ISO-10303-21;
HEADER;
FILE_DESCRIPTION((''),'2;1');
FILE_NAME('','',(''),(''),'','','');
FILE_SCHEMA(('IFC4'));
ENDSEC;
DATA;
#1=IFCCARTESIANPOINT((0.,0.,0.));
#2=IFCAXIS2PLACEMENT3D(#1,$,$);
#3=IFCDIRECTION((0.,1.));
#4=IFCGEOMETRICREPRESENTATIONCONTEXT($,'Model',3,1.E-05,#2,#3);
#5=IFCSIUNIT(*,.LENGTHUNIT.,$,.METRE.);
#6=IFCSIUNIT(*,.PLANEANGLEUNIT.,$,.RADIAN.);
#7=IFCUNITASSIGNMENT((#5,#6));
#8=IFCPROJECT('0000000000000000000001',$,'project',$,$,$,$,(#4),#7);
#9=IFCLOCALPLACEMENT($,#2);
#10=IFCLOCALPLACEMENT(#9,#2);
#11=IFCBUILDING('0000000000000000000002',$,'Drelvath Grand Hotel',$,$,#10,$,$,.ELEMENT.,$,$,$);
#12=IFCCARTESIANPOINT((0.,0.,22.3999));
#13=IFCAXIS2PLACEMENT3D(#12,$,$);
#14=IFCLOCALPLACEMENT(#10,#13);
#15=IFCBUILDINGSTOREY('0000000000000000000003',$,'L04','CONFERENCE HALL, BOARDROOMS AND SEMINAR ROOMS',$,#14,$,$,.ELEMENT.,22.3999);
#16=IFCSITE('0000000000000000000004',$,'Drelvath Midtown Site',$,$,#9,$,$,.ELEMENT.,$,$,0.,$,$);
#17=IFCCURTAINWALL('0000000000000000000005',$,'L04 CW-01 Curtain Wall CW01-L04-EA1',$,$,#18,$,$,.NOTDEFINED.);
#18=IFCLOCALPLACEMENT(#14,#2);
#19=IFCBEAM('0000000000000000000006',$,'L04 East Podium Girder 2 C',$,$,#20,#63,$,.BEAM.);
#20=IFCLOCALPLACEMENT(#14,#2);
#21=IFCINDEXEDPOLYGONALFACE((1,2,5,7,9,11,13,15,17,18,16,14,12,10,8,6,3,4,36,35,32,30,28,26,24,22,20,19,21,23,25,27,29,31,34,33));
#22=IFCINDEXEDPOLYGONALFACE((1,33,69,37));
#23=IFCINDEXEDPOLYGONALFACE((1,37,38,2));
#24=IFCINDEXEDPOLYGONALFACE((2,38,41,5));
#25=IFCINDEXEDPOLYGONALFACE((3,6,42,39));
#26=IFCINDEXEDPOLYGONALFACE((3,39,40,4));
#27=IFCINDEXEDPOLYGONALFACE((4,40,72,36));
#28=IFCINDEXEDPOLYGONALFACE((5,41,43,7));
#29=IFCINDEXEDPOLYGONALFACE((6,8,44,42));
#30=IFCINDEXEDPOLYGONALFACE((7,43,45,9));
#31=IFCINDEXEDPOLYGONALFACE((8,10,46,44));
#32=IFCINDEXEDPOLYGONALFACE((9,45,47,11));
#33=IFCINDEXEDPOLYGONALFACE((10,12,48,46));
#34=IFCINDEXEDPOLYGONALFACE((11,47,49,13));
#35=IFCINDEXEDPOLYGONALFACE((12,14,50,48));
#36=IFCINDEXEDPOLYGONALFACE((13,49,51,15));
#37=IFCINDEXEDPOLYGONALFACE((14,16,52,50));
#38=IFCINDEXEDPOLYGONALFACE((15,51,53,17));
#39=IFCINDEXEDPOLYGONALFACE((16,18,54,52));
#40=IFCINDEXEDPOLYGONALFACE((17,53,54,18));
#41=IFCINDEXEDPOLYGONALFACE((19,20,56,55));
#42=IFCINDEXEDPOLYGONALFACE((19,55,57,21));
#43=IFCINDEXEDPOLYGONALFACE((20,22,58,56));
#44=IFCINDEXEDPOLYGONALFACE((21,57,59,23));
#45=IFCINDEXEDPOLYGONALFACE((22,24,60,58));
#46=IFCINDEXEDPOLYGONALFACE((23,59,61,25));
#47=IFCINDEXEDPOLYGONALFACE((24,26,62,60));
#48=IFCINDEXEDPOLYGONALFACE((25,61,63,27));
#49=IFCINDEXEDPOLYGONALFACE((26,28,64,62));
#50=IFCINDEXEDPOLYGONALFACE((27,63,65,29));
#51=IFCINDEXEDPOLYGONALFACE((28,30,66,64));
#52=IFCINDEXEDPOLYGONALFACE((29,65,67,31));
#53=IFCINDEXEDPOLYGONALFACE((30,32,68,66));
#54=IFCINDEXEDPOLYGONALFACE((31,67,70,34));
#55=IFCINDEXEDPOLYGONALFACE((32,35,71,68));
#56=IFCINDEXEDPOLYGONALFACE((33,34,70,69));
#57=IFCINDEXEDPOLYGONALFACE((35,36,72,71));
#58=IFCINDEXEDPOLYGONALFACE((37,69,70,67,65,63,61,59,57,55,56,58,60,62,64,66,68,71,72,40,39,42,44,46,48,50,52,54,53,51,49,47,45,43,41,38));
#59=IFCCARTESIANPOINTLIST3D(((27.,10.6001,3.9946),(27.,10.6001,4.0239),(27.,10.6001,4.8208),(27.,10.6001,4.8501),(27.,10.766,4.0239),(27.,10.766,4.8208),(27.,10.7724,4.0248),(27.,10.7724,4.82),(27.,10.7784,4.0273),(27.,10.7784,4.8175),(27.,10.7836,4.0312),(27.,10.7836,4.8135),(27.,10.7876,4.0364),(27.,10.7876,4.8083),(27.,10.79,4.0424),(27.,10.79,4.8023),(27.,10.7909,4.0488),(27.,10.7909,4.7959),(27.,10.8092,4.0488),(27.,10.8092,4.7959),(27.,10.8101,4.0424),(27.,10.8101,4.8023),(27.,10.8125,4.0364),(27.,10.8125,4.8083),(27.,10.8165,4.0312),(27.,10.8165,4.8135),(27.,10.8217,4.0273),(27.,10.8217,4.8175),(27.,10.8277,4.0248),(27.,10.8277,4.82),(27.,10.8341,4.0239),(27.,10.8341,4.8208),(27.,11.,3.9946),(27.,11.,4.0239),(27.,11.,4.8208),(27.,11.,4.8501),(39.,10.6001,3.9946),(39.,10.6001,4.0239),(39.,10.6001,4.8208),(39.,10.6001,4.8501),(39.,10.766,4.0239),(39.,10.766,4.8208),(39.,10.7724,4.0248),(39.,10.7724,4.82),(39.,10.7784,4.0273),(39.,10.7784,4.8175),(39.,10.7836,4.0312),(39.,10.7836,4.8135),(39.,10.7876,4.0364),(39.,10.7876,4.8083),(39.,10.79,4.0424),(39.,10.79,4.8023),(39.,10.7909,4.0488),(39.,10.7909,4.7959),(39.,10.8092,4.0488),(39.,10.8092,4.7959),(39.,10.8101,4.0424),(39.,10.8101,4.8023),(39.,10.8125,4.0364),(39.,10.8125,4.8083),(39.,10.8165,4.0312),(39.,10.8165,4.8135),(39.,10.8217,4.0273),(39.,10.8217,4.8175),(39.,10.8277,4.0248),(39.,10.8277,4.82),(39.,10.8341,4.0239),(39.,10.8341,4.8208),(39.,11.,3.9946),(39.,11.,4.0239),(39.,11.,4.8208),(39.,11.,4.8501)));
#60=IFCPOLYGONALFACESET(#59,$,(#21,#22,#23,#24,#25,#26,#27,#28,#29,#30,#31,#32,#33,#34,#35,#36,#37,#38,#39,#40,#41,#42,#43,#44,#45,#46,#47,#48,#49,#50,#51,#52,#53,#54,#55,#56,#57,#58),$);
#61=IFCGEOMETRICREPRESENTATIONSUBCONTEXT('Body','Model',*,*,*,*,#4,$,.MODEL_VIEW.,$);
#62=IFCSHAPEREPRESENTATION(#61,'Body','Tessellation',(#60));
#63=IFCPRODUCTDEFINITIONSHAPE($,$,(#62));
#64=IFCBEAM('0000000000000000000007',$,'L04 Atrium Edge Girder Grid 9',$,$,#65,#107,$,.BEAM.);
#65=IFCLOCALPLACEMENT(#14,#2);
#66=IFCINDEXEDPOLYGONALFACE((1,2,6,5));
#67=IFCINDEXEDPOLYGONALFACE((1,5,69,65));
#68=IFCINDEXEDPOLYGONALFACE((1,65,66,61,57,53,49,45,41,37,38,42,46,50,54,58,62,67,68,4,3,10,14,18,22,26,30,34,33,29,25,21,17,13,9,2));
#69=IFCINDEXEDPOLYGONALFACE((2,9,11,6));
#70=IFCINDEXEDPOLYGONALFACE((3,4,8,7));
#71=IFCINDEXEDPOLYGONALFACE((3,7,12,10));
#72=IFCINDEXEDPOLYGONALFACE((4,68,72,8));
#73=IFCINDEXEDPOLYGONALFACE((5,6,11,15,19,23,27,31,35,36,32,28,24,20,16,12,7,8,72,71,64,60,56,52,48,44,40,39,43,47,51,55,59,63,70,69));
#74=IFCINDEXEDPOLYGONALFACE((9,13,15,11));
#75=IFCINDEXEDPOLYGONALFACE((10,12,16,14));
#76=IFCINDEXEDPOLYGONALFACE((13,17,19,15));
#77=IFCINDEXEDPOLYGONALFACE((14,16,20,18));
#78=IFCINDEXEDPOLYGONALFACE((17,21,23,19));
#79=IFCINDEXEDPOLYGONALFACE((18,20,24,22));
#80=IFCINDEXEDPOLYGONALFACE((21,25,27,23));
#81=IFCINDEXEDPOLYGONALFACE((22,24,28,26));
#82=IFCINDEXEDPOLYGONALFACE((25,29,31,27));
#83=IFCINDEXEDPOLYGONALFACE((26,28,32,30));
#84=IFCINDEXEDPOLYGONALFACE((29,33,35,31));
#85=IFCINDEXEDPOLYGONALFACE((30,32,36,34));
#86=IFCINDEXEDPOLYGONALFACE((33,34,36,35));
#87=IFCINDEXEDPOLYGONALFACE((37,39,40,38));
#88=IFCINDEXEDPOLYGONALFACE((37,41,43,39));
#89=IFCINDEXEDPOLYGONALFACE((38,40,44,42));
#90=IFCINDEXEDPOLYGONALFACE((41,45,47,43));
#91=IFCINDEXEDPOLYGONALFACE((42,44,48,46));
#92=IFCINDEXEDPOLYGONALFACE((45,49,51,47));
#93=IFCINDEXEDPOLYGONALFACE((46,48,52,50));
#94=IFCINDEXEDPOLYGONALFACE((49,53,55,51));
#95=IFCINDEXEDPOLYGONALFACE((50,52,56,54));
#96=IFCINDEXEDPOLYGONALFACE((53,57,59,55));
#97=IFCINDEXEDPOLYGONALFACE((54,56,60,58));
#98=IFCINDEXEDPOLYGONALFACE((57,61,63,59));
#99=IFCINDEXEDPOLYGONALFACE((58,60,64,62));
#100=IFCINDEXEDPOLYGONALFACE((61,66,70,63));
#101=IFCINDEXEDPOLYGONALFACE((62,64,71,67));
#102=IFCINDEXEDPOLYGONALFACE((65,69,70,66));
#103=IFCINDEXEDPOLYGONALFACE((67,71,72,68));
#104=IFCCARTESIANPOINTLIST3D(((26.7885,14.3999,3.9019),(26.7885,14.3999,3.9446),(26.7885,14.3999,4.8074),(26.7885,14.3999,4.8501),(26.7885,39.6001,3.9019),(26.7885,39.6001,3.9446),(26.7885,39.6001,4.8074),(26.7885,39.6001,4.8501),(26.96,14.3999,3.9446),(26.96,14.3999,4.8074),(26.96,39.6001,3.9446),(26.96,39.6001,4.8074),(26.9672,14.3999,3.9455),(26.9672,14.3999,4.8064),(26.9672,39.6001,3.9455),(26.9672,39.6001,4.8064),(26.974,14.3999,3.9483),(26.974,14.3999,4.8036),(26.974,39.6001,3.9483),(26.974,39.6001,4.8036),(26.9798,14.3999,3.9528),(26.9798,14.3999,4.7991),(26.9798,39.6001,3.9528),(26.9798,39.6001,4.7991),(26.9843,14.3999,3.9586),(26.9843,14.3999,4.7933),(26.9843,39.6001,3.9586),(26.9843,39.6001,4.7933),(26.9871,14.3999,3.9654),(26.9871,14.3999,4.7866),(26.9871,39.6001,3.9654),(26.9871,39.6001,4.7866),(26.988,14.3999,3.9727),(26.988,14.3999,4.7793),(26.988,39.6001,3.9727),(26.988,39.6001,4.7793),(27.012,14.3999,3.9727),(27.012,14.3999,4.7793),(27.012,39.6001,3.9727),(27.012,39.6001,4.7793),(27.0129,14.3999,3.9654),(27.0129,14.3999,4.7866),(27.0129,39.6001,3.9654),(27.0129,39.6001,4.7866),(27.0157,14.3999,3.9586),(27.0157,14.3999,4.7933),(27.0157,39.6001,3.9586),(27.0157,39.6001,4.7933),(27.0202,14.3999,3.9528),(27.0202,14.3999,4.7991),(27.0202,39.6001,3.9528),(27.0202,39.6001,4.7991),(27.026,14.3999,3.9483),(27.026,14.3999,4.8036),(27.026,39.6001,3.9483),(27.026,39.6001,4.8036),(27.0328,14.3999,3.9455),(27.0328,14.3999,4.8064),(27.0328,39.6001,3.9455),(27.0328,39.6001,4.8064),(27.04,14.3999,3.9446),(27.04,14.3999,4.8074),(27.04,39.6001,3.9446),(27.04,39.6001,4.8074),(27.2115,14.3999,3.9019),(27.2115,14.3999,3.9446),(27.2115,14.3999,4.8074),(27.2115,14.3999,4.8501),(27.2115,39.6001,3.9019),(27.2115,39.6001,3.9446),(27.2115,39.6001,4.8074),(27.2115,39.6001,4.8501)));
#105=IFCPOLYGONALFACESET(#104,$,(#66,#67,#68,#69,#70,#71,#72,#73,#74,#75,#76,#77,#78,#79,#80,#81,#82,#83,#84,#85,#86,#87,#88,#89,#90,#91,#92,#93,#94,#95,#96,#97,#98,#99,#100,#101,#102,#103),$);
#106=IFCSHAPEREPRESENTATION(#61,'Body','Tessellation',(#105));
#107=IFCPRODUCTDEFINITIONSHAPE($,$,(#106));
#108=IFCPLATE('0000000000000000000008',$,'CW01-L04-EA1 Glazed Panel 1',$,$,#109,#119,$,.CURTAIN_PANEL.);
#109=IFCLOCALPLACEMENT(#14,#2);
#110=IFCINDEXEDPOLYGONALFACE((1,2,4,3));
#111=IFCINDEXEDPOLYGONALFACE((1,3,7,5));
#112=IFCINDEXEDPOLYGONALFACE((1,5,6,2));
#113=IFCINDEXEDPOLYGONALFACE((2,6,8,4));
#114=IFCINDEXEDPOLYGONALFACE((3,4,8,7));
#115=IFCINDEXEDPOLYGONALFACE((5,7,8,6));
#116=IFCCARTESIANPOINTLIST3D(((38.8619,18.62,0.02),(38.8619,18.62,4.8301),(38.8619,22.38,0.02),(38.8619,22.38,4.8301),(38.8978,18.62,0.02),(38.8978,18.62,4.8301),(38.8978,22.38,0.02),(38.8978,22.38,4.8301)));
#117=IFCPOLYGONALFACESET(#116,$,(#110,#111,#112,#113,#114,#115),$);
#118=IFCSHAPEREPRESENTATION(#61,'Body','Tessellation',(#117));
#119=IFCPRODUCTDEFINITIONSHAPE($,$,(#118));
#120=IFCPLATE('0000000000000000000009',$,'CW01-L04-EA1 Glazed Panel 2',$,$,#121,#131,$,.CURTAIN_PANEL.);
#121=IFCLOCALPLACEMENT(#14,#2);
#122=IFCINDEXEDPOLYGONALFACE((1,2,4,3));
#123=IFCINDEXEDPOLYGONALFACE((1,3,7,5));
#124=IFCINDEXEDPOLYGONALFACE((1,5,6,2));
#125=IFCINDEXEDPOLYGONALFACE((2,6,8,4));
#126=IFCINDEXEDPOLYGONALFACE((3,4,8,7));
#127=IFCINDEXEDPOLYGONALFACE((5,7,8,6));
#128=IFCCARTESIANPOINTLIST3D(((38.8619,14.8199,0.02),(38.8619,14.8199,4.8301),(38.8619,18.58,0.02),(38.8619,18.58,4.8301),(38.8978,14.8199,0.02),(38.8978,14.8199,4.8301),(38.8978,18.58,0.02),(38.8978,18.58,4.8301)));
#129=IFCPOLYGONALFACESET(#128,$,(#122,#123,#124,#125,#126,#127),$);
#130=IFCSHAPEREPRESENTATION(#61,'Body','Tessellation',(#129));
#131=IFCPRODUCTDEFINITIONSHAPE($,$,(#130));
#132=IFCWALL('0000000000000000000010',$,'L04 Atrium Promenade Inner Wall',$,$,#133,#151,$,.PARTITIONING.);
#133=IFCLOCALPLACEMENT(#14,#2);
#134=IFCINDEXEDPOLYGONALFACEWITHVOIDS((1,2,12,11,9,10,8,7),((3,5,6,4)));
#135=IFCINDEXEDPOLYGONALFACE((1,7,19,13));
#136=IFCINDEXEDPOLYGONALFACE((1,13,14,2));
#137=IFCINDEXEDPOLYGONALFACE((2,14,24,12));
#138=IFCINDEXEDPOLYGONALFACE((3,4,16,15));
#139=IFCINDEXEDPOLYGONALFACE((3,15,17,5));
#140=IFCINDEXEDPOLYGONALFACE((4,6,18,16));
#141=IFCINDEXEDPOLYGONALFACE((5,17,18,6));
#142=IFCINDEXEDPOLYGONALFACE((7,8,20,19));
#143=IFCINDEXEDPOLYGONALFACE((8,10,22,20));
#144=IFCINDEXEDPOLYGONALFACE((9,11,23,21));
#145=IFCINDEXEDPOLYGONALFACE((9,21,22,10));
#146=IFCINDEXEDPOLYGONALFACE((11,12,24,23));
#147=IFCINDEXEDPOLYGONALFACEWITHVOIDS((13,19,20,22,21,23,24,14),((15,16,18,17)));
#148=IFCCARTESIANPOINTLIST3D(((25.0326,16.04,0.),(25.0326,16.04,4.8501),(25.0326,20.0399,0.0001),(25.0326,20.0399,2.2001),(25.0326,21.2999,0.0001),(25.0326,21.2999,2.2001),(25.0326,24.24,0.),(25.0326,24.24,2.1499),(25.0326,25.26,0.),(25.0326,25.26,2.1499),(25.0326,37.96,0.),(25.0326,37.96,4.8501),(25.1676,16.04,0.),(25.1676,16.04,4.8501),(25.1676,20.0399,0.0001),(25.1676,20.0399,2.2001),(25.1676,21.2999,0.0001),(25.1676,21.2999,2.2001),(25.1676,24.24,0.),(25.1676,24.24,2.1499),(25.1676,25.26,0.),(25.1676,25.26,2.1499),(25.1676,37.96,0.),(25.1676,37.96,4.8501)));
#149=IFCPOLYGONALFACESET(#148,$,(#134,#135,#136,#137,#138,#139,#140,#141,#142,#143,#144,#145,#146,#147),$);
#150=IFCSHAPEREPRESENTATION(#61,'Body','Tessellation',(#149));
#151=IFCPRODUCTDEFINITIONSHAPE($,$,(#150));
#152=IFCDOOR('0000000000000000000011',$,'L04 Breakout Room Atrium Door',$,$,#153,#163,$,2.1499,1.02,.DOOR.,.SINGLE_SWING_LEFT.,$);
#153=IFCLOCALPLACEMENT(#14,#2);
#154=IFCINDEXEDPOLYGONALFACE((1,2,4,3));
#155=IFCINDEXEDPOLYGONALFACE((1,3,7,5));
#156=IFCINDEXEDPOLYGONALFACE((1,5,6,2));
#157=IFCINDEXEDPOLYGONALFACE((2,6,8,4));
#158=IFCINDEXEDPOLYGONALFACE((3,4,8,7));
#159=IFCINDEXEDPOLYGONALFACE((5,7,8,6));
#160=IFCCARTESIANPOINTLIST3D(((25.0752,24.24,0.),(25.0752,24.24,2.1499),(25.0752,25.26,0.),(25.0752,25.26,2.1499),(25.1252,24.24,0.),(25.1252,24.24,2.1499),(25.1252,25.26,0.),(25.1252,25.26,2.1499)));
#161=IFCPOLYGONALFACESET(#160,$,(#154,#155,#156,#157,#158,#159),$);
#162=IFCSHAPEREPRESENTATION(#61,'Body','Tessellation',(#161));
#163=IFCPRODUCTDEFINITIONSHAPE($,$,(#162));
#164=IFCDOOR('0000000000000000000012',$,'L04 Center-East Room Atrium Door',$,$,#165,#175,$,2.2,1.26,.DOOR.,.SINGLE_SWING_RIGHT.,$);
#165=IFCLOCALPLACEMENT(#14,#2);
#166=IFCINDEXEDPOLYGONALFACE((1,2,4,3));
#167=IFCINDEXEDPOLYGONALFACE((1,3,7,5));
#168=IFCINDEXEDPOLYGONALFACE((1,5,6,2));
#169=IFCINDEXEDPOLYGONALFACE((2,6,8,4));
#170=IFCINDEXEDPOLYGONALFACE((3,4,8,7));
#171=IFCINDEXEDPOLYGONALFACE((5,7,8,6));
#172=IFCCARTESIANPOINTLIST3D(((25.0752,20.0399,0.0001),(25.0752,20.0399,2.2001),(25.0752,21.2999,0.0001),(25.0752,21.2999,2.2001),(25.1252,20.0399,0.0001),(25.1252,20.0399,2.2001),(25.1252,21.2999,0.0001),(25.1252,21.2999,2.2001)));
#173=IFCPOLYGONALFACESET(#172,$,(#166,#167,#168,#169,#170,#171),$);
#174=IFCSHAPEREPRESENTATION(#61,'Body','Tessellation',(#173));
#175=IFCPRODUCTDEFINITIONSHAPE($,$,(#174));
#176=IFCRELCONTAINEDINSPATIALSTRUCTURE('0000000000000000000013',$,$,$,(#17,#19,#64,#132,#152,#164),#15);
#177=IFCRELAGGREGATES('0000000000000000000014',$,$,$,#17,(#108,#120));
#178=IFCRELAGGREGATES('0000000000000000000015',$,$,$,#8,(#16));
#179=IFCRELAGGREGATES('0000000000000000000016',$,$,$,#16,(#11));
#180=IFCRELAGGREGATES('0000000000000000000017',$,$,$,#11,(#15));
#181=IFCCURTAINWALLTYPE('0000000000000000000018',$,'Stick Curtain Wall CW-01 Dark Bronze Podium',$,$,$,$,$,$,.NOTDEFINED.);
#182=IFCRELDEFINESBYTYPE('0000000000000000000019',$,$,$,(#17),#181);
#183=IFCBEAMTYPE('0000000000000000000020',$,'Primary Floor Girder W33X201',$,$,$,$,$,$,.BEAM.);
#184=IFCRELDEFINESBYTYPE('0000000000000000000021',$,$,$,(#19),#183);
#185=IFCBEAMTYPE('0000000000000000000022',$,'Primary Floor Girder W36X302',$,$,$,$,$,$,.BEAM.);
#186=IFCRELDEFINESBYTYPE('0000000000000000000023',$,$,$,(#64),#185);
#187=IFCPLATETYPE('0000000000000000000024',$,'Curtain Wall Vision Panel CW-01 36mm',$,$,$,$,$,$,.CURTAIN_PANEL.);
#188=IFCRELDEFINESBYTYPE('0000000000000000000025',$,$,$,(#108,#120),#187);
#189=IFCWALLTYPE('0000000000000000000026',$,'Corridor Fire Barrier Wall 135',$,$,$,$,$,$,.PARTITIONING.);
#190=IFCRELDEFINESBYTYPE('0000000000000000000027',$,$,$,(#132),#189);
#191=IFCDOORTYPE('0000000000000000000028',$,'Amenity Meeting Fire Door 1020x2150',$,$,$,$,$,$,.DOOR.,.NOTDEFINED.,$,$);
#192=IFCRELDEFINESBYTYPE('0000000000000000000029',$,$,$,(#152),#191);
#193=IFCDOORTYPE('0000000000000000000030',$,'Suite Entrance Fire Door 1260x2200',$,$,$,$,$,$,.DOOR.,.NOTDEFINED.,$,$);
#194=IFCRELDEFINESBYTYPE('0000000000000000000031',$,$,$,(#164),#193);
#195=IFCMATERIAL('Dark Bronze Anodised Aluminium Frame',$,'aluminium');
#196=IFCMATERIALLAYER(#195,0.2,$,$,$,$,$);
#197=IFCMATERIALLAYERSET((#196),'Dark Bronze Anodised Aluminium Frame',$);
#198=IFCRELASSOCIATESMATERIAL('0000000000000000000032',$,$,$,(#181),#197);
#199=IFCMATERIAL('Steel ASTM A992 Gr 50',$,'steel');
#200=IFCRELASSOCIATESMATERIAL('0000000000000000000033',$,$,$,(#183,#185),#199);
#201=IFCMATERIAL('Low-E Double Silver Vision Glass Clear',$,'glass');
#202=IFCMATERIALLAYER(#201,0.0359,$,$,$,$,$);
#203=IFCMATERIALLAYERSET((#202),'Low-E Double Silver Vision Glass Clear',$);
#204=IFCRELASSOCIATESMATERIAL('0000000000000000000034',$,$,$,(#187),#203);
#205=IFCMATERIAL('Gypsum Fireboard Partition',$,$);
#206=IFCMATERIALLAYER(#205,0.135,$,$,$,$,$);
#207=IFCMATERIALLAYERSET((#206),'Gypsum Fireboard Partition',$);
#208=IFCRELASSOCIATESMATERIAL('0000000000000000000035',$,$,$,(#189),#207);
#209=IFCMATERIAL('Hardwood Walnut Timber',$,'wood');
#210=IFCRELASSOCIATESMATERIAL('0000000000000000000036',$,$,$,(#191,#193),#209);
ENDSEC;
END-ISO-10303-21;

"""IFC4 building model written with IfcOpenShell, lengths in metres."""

from ifc_helpers import new_model, si_unit, direction, frame, frame_2d, origin, origin_2d, place, context, subcontext, project, spatial, rectangle, i_section, extrude, material, layer, layer_set, material_profile, profile_set, type_object, element, fill, aggregate, save


model = new_model("IFC4")

# Units and contexts
model_context = context("Model", 3, precision=1e-05, world=origin(), true_north=direction((0.0, 1.0)))
body_context = subcontext(model_context, "Body", "Model", "MODEL_VIEW")
ifc_project = project(units=[si_unit("LENGTHUNIT", "METRE"), si_unit("PLANEANGLEUNIT", "RADIAN")], contexts=[model_context])

# Site, building, storey
site_placement = place(None, origin())
site = spatial("IfcSite", under=ifc_project, at=site_placement, Name="Drelvath Midtown Site", CompositionType="ELEMENT", RefElevation=0.0)
building_placement = place(site_placement, origin())
building = spatial("IfcBuilding", under=site, at=building_placement, Name="Drelvath Grand Hotel", CompositionType="ELEMENT")
storey_placement = place(building_placement, frame((0.0, 0.0, 22.3999)))
storey = spatial("IfcBuildingStorey", under=building, at=storey_placement, Name="L04", Description="CONFERENCE HALL, BOARDROOMS AND SEMINAR ROOMS", CompositionType="ELEMENT", Elevation=22.3999)

# Curtain wall
ifc_material_1 = material(Name="Dark Bronze Anodised Aluminium Frame", Category="aluminium")
ifc_layer_1 = layer(ifc_material_1, 0.2)
ifc_layer_set_1 = layer_set([ifc_layer_1], Name="Dark Bronze Anodised Aluminium Frame")
curtain_wall_type = type_object("IfcCurtainWallType", Name="Stick Curtain Wall CW-01 Dark Bronze Podium", PredefinedType="NOTDEFINED", material=ifc_layer_set_1)
curtain_wall_placement = place(storey_placement, origin())
curtain_wall = element("IfcCurtainWall", 1, at=curtain_wall_placement, inside=storey, type_object=curtain_wall_type, Name="L04 CW-01 Curtain Wall CW01-L04-EA1", PredefinedType="NOTDEFINED")

# Beams
ifc_material_2 = material(Name="Steel ASTM A992 Gr 50", Category="steel")
ifc_material_profile_1 = material_profile(ifc_material_2, i_section(OverallWidth=0.3999, OverallDepth=0.8555, WebThickness=0.0183, FlangeThickness=0.0293, FilletRadius=0.0249, at=origin_2d()), Name="W33X201")
ifc_profile_set_1 = profile_set([ifc_material_profile_1], Name="Steel ASTM A992 Gr 50")
beam_type_1 = type_object("IfcBeamType", Name="Primary Floor Girder W33X201", PredefinedType="BEAM", material=ifc_profile_set_1)
beam_1_placement = place(storey_placement, frame((27.0, 10.8, 4.4224), z_axis=(1.0, 0.0, 0.0), x_axis=(0.0, 1.0, 0.0)))
element("IfcBeam", 2, at=beam_1_placement, inside=storey, type_object=beam_type_1, Name="L04 East Podium Girder 2 C", PredefinedType="BEAM", context=body_context, shape_type="SweptSolid", body=[
    extrude(i_section(OverallWidth=0.3999, OverallDepth=0.8555, WebThickness=0.0183, FlangeThickness=0.0293, FilletRadius=0.0249, at=origin_2d()), origin(), (0.0, 0.0, 1.0), 12.0),
])
ifc_material_profile_2 = material_profile(ifc_material_2, i_section(OverallWidth=0.4231, OverallDepth=0.9482, WebThickness=0.0239, FlangeThickness=0.0427, FilletRadius=0.0281, at=origin_2d()), Name="W36X302")
ifc_profile_set_2 = profile_set([ifc_material_profile_2], Name="Steel ASTM A992 Gr 50")
beam_type_2 = type_object("IfcBeamType", Name="Primary Floor Girder W36X302", PredefinedType="BEAM", material=ifc_profile_set_2)
beam_2_placement = place(storey_placement, frame((27.0, 14.3999, 4.376), z_axis=(0.0, 1.0, 0.0), x_axis=(-1.0, 0.0, 0.0)))
element("IfcBeam", 3, at=beam_2_placement, inside=storey, type_object=beam_type_2, Name="L04 Atrium Edge Girder Grid 9", PredefinedType="BEAM", context=body_context, shape_type="SweptSolid", body=[
    extrude(i_section(OverallWidth=0.4231, OverallDepth=0.9482, WebThickness=0.0239, FlangeThickness=0.0427, FilletRadius=0.0281, at=origin_2d()), origin(), (0.0, 0.0, 1.0), 25.2002),
])

# Plates
ifc_material_3 = material(Name="Low-E Double Silver Vision Glass Clear", Category="glass")
ifc_layer_2 = layer(ifc_material_3, 0.0359)
ifc_layer_set_2 = layer_set([ifc_layer_2], Name="Low-E Double Silver Vision Glass Clear")
plate_type = type_object("IfcPlateType", Name="Curtain Wall Vision Panel CW-01 36mm", PredefinedType="CURTAIN_PANEL", material=ifc_layer_set_2)
plate_1_placement = place(storey_placement, frame((38.8799, 20.5, 0.02), z_axis=(0.0, 0.0, 1.0), x_axis=(0.0, -1.0, 0.0)))
plate_1 = element("IfcPlate", 4, at=plate_1_placement, type_object=plate_type, Name="CW01-L04-EA1 Glazed Panel 1", PredefinedType="CURTAIN_PANEL", context=body_context, shape_type="SweptSolid", body=[
    extrude(rectangle(XDim=3.76, YDim=0.0359, at=origin_2d()), origin(), (0.0, 0.0, 1.0), 4.8101),
])
plate_2_placement = place(storey_placement, frame((38.8799, 16.7, 0.02), z_axis=(0.0, 0.0, 1.0), x_axis=(0.0, -1.0, 0.0)))
plate_2 = element("IfcPlate", 5, at=plate_2_placement, type_object=plate_type, Name="CW01-L04-EA1 Glazed Panel 2", PredefinedType="CURTAIN_PANEL", context=body_context, shape_type="SweptSolid", body=[
    extrude(rectangle(XDim=3.76, YDim=0.0359, at=origin_2d()), origin(), (0.0, 0.0, 1.0), 4.8101),
])
aggregate(curtain_wall, [plate_1, plate_2])

# Wall, openings, doors
ifc_material_4 = material(Name="Gypsum Fireboard Partition")
ifc_layer_3 = layer(ifc_material_4, 0.135)
ifc_layer_set_3 = layer_set([ifc_layer_3], Name="Gypsum Fireboard Partition")
wall_type_1 = type_object("IfcWallType", Name="Corridor Fire Barrier Wall 135", PredefinedType="PARTITIONING", material=ifc_layer_set_3)
wall_1_placement = place(storey_placement, frame((25.1001, 16.04, 0.0), z_axis=(0.0, 0.0, 1.0), x_axis=(0.0, 1.0, 0.0)))
wall_1 = element("IfcWall", 6, at=wall_1_placement, inside=storey, type_object=wall_type_1, Name="L04 Atrium Promenade Inner Wall", PredefinedType="PARTITIONING", context=body_context, shape_type="SweptSolid", body=[
    extrude(rectangle(XDim=21.9199, YDim=0.135, at=frame_2d((10.96, 0.0))), origin(), (0.0, 0.0, 1.0), 4.8501),
])
opening_1_placement = place(wall_1_placement, frame((8.2, 0.0, 0.0)))
opening_1 = element("IfcOpeningElement", 7, at=opening_1_placement, cuts=wall_1, PredefinedType="OPENING", context=body_context, shape_type="SweptSolid", body=[
    extrude(rectangle(XDim=1.02, YDim=2.1499, at=frame_2d((0.51, 1.075))), frame((0.0, 0.0774, 0.0), z_axis=(0.0, -1.0, 0.0), x_axis=(1.0, 0.0, 0.0)), (0.0, 0.0, 1.0), 0.155),
])
opening_2_placement = place(wall_1_placement, frame((4.0, 0.0, 0.0)))
opening_2 = element("IfcOpeningElement", 8, at=opening_2_placement, cuts=wall_1, PredefinedType="OPENING", context=body_context, shape_type="SweptSolid", body=[
    extrude(rectangle(XDim=1.26, YDim=2.2, at=frame_2d((0.6299, 1.1001))), frame((0.0, 0.0774, 0.0), z_axis=(0.0, -1.0, 0.0), x_axis=(1.0, 0.0, 0.0)), (0.0, 0.0, 1.0), 0.155),
])
ifc_material_5 = material(Name="Hardwood Walnut Timber", Category="wood")
door_type_1 = type_object("IfcDoorType", Name="Amenity Meeting Fire Door 1020x2150", OperationType="NOTDEFINED", PredefinedType="DOOR", material=ifc_material_5)
door_1_placement = place(opening_1_placement, origin())
door_1 = element("IfcDoor", 9, at=door_1_placement, inside=storey, type_object=door_type_1, Name="L04 Breakout Room Atrium Door", OperationType="SINGLE_SWING_LEFT", OverallHeight=2.1499, OverallWidth=1.02, PredefinedType="DOOR", context=body_context, shape_type="SweptSolid", body=[
    extrude(rectangle(XDim=1.02, YDim=2.1499, at=frame_2d((0.51, 1.075))), frame((0.0, 0.0249, 0.0), z_axis=(0.0, -1.0, 0.0), x_axis=(1.0, 0.0, 0.0)), (0.0, 0.0, 1.0), 0.05),
])
fill(opening_1, door_1)
door_type_2 = type_object("IfcDoorType", Name="Suite Entrance Fire Door 1260x2200", OperationType="NOTDEFINED", PredefinedType="DOOR", material=ifc_material_5)
door_2_placement = place(opening_2_placement, origin())
door_2 = element("IfcDoor", 10, at=door_2_placement, inside=storey, type_object=door_type_2, Name="L04 Center-East Room Atrium Door", OperationType="SINGLE_SWING_RIGHT", OverallHeight=2.2, OverallWidth=1.26, PredefinedType="DOOR", context=body_context, shape_type="SweptSolid", body=[
    extrude(rectangle(XDim=1.26, YDim=2.2, at=frame_2d((0.6299, 1.1001))), frame((0.0, 0.0249, 0.0), z_axis=(0.0, -1.0, 0.0), x_axis=(1.0, 0.0, 0.0)), (0.0, 0.0, 1.0), 0.05),
])
fill(opening_2, door_2)

save(model, "model.ifc")
